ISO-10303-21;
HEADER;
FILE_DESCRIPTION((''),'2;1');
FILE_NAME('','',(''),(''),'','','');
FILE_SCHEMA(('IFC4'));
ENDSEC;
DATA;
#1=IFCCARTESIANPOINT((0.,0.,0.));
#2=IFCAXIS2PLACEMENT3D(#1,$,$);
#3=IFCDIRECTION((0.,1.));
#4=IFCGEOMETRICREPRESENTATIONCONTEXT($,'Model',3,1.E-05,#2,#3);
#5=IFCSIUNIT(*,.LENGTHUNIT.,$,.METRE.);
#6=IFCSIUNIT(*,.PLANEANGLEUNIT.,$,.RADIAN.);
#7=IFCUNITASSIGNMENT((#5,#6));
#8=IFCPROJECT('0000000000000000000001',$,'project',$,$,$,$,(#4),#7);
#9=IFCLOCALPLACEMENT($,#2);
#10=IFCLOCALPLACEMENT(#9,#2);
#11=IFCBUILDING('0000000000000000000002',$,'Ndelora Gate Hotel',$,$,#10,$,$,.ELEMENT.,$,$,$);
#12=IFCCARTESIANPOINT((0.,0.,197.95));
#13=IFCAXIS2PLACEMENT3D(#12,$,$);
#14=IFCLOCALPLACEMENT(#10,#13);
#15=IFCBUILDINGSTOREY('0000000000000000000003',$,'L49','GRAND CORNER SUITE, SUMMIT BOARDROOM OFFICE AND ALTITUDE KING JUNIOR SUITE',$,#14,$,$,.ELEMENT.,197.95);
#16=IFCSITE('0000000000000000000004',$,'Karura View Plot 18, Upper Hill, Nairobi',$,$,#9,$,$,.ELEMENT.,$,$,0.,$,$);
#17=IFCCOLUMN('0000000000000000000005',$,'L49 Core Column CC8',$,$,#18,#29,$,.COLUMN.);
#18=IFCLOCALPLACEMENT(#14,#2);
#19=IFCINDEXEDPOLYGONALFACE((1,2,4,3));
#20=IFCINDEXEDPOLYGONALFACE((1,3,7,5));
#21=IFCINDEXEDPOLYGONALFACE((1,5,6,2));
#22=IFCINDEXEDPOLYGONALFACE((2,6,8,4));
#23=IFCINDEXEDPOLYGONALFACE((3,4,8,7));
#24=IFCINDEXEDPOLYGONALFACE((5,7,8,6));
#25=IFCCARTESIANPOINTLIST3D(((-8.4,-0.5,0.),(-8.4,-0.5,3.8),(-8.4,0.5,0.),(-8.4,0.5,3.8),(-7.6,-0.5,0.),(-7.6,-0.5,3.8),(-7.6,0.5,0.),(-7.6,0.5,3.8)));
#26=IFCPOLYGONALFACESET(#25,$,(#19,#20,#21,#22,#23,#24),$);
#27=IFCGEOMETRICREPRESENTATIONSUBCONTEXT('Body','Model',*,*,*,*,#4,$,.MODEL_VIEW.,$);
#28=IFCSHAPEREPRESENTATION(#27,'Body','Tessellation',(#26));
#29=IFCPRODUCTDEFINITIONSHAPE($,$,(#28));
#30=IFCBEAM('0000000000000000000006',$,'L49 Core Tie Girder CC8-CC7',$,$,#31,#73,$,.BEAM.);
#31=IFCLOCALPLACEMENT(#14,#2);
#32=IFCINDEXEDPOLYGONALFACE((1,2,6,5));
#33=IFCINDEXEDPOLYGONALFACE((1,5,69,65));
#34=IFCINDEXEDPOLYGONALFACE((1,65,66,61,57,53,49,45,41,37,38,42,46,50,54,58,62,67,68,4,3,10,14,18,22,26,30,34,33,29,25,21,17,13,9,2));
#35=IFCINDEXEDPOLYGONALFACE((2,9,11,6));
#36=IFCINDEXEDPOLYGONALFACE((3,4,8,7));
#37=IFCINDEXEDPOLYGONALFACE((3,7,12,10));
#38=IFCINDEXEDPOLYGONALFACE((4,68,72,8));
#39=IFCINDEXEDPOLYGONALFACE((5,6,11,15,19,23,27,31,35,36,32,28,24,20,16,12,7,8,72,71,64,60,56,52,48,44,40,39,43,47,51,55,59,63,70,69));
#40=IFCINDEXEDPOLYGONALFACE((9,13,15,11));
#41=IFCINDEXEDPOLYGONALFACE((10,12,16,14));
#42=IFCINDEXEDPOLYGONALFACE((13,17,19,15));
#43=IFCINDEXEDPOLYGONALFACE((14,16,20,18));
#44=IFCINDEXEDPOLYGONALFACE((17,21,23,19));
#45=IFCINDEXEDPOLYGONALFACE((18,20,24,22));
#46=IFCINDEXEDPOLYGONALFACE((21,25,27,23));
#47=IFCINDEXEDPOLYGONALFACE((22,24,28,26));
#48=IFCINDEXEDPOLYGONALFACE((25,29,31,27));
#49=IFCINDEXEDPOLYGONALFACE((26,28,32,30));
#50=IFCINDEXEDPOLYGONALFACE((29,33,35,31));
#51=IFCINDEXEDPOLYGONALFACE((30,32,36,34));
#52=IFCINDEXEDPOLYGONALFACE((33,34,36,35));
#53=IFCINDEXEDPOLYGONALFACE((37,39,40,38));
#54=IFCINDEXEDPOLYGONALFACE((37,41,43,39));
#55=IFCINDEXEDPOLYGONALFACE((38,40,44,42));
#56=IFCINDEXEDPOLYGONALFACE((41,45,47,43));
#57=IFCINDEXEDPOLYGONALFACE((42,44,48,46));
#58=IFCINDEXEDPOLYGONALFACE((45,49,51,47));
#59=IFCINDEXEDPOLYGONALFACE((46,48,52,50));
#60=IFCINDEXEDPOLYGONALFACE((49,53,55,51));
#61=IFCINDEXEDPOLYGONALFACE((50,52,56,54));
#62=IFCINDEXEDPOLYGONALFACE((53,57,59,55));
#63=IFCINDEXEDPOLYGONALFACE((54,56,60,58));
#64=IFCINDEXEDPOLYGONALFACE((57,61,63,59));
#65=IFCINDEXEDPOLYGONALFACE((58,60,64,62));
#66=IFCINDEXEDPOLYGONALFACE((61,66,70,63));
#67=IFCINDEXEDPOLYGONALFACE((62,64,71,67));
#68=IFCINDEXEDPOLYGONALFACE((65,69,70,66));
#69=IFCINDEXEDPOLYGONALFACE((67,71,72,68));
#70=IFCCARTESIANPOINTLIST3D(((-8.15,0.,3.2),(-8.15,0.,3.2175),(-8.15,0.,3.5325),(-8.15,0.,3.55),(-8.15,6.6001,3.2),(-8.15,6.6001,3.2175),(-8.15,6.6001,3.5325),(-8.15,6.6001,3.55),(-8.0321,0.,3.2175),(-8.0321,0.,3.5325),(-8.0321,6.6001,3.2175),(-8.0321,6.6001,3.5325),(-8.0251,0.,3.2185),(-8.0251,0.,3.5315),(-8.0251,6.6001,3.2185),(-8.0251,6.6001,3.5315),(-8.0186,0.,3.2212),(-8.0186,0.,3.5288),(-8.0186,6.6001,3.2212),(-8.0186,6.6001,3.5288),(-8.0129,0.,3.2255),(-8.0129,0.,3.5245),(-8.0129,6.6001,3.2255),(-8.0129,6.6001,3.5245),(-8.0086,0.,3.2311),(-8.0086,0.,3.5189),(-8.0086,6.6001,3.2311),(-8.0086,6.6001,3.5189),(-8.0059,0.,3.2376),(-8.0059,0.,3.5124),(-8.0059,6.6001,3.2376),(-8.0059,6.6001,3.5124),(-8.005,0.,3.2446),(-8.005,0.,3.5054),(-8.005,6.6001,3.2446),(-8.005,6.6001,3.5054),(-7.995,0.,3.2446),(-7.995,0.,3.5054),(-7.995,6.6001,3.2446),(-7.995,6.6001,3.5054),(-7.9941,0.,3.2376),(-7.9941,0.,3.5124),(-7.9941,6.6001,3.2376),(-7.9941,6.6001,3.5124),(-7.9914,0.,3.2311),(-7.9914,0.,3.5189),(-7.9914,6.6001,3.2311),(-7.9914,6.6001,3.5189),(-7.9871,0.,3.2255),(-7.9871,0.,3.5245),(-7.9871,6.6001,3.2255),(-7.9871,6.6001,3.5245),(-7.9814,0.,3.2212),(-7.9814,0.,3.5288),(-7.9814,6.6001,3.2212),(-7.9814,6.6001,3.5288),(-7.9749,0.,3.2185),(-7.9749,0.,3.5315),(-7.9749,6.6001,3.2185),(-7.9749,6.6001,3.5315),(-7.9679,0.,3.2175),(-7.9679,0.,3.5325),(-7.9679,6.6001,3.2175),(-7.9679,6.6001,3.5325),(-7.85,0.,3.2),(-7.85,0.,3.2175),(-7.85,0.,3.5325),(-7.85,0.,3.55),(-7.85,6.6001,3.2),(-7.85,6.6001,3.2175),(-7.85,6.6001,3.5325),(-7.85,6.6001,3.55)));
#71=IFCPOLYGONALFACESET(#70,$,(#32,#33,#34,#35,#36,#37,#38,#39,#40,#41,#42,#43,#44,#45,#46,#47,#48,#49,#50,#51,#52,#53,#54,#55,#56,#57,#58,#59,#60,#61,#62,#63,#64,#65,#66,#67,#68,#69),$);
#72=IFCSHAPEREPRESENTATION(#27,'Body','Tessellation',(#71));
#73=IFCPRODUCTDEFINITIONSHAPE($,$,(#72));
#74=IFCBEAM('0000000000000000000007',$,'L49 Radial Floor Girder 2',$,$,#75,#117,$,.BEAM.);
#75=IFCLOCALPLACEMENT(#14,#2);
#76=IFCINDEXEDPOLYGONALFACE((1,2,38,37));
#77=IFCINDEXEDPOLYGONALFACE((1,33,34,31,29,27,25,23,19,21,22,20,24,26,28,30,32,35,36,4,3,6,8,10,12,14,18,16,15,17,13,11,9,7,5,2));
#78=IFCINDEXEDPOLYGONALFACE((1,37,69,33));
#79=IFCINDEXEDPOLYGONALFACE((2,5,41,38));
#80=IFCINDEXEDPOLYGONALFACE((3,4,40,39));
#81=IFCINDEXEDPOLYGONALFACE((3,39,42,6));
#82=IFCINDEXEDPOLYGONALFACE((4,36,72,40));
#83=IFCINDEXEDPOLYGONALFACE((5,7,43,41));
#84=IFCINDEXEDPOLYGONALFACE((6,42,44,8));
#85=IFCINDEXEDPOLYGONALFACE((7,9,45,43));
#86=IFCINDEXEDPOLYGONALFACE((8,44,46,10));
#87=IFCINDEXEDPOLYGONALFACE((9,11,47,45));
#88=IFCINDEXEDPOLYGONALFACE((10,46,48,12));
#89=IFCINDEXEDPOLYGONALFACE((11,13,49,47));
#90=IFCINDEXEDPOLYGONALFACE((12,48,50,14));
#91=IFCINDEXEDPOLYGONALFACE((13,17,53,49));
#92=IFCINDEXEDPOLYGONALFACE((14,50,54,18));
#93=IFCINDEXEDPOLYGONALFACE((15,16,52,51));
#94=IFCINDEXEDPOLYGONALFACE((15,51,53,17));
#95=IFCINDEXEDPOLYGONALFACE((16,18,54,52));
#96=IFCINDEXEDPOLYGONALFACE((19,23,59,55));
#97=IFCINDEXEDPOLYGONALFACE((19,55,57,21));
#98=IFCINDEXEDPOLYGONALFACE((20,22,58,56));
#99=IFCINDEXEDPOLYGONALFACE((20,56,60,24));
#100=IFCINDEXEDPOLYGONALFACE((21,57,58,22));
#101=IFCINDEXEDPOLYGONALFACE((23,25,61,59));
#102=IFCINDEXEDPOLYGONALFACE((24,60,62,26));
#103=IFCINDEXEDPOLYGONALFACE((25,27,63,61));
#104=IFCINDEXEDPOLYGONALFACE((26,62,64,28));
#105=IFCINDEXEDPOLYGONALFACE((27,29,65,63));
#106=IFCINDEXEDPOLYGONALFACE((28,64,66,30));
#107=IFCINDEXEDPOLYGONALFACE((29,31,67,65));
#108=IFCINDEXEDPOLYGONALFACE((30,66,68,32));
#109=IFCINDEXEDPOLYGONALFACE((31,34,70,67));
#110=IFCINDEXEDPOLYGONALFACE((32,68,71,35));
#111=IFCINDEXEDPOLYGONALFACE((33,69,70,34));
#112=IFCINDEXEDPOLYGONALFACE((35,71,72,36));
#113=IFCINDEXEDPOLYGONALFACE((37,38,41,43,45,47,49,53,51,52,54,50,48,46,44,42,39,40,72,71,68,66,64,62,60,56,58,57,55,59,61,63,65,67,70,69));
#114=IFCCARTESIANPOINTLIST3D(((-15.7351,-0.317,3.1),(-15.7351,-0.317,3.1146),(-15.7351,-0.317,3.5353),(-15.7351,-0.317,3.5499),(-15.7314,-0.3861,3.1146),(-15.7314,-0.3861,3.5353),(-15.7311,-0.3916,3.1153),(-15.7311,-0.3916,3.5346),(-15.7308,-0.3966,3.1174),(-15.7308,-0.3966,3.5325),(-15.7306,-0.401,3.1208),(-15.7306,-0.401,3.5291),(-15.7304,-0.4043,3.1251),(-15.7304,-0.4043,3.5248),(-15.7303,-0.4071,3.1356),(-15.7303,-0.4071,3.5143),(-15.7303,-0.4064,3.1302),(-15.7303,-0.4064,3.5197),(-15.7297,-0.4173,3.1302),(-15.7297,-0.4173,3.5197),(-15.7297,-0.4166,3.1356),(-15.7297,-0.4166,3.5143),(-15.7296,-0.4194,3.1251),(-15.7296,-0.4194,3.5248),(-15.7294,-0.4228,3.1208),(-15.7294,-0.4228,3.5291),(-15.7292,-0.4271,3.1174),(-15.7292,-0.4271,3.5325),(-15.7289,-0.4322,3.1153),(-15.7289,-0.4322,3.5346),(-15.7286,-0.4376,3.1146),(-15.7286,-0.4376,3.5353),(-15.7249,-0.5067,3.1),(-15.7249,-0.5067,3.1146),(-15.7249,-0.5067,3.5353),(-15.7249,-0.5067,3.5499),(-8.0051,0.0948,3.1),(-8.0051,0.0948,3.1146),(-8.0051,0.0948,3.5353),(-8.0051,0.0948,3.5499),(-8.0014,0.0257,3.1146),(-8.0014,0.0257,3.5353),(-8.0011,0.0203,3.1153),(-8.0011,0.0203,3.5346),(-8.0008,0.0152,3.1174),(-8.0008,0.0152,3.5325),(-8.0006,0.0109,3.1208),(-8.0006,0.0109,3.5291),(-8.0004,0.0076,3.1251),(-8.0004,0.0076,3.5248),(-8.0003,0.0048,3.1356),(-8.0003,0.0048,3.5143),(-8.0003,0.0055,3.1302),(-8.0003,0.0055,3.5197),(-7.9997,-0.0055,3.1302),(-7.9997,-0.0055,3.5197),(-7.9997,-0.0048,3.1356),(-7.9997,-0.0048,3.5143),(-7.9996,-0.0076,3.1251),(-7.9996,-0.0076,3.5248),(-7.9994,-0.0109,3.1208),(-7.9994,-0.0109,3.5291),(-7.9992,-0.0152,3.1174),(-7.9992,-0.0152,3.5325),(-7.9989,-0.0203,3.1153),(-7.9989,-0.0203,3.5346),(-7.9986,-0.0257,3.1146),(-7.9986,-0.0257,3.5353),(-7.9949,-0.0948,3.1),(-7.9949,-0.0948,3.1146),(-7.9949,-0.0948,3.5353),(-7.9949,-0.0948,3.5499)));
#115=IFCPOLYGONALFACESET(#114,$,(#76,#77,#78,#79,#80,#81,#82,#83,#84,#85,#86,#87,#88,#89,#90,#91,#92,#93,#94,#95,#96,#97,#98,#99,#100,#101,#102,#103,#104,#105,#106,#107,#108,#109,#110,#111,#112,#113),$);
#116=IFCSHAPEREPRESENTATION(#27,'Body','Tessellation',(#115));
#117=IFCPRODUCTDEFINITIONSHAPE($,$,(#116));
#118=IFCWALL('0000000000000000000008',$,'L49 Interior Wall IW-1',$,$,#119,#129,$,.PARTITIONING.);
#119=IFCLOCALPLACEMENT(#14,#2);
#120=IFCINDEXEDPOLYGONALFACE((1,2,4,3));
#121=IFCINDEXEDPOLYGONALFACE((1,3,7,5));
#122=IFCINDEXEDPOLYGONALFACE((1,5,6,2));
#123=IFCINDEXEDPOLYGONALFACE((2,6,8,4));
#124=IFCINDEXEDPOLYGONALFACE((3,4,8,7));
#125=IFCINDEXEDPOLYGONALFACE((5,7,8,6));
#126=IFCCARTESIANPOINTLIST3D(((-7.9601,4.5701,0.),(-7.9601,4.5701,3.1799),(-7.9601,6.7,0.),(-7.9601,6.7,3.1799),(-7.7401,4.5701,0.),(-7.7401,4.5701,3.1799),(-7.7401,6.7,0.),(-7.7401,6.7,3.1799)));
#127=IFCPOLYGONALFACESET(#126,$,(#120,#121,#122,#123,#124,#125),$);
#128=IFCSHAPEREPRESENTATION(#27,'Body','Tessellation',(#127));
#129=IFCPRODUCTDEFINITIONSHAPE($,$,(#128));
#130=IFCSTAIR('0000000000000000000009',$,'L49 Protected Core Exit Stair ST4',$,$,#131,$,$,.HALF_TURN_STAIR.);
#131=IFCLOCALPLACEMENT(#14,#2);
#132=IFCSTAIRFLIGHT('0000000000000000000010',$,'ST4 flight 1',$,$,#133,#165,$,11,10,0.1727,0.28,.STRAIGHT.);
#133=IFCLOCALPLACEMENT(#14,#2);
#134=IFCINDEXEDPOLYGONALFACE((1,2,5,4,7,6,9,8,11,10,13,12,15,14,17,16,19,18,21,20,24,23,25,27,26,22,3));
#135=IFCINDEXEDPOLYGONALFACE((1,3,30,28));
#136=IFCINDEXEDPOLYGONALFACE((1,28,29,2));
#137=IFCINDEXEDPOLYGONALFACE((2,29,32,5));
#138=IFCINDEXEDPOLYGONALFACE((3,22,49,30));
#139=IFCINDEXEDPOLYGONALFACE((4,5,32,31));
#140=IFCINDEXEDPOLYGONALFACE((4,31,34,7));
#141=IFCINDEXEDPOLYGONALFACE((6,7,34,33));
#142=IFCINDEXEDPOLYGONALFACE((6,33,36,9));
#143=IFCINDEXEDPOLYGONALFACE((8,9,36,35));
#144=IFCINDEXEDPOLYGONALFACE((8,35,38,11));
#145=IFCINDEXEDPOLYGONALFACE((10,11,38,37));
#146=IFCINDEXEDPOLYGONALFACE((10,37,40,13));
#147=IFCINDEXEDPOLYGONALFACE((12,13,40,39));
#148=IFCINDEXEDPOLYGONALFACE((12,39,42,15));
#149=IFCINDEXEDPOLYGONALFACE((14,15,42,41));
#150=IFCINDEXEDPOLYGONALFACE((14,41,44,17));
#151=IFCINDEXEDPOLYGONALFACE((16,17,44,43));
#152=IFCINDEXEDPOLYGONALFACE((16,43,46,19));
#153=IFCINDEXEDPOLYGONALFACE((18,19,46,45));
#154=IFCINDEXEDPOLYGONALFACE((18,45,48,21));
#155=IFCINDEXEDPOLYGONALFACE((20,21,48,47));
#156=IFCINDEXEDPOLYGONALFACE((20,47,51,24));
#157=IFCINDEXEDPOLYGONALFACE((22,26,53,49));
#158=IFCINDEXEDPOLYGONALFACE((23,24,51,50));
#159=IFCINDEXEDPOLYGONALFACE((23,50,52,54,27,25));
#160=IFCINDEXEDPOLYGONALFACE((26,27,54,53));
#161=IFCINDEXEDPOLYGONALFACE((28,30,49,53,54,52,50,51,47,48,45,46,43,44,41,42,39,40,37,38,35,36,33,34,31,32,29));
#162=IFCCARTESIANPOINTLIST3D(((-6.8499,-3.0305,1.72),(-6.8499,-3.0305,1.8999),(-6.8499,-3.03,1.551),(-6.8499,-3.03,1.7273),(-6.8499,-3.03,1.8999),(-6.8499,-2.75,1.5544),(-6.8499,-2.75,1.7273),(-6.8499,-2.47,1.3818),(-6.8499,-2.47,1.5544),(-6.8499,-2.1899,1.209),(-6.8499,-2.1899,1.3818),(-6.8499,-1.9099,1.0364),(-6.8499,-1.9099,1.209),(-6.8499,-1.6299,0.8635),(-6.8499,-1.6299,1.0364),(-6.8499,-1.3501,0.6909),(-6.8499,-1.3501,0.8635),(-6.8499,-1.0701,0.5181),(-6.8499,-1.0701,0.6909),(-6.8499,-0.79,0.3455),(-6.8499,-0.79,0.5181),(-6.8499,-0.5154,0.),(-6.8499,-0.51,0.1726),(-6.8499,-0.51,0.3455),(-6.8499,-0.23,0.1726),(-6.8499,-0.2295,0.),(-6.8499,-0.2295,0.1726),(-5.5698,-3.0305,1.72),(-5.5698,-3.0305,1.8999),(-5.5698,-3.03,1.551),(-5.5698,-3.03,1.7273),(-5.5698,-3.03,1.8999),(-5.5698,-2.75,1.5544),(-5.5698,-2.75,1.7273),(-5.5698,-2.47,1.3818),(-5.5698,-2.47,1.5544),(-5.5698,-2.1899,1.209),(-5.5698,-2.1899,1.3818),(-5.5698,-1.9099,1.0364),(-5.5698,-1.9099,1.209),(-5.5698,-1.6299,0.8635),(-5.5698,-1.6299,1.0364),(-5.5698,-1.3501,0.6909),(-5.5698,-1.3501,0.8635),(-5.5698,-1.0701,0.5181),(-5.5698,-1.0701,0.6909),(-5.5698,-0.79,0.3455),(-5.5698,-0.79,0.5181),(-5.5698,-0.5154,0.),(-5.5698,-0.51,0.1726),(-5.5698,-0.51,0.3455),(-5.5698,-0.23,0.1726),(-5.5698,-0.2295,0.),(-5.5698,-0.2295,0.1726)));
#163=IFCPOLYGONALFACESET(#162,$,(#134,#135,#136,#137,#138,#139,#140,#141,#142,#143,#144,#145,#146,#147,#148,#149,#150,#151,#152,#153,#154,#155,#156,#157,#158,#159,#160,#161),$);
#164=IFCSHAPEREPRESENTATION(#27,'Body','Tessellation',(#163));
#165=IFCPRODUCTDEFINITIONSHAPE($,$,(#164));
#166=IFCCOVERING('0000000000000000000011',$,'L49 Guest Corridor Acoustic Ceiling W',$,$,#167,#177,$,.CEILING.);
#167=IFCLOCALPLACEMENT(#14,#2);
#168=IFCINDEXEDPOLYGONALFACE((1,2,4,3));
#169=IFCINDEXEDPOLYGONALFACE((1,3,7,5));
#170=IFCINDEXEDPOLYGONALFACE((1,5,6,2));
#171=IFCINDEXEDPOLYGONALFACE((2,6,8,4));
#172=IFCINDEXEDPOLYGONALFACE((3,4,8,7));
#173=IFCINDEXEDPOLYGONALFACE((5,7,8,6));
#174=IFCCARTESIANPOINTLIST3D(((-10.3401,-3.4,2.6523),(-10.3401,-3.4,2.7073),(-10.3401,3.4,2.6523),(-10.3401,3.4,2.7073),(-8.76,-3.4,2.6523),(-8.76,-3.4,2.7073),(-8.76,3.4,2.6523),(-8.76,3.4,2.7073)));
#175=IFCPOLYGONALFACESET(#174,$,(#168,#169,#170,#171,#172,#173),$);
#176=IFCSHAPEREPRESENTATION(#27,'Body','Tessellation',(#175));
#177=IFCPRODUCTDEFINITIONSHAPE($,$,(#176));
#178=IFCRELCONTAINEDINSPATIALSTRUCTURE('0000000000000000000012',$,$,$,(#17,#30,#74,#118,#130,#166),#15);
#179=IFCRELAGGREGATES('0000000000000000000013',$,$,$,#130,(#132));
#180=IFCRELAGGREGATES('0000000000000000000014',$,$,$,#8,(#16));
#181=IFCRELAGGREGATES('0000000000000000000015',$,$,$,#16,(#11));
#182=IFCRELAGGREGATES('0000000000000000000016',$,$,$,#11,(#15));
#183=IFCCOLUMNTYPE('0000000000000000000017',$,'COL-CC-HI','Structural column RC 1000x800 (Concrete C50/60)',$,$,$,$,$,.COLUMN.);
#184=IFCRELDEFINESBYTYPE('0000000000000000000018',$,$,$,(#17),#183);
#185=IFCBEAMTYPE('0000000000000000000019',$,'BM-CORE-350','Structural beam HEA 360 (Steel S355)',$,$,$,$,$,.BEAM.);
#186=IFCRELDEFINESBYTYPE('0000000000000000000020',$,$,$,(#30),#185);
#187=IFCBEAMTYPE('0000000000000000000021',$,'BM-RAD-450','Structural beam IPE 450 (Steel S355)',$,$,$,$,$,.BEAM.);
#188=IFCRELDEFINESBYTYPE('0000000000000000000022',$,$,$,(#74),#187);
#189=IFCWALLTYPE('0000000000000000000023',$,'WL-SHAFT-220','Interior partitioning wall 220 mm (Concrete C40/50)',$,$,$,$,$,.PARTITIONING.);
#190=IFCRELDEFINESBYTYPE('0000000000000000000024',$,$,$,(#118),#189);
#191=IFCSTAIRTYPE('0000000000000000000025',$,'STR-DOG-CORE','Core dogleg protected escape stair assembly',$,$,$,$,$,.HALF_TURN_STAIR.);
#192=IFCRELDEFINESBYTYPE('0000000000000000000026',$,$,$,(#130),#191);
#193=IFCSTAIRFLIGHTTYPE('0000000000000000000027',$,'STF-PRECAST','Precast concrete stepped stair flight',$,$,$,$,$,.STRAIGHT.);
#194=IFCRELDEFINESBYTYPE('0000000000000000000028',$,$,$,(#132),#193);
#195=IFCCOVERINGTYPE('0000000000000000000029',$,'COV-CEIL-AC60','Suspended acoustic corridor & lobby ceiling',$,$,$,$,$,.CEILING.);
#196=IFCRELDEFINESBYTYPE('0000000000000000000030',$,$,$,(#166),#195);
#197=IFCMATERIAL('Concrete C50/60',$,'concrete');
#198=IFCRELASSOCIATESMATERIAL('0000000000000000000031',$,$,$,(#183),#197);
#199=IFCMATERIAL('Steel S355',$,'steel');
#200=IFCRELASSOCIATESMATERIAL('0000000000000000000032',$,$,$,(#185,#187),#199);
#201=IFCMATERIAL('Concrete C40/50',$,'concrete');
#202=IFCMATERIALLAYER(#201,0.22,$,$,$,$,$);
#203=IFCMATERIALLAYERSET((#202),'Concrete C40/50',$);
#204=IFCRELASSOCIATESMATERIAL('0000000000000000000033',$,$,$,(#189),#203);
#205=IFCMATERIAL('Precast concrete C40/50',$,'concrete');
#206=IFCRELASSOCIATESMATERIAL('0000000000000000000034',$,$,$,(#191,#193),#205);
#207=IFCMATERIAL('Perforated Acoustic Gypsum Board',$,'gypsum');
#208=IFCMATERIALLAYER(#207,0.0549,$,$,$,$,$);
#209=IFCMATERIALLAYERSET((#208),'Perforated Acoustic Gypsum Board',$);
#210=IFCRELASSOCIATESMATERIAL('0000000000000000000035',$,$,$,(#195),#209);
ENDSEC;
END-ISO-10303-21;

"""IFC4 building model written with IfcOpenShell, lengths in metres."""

from ifc_helpers import new_model, si_unit, direction, frame, frame_2d, origin, origin_2d, place, context, subcontext, project, spatial, polyline, rectangle, i_section, outline, extrude, material, layer, layer_set, material_profile, profile_set, type_object, element, aggregate, save


model = new_model("IFC4")

# Units and contexts
model_context = context("Model", 3, precision=1e-05, world=origin(), true_north=direction((0.0, 1.0)))
body_context = subcontext(model_context, "Body", "Model", "MODEL_VIEW")
ifc_project = project(units=[si_unit("LENGTHUNIT", "METRE"), si_unit("PLANEANGLEUNIT", "RADIAN")], contexts=[model_context])

# Site, building, storey
site_placement = place(None, origin())
site = spatial("IfcSite", under=ifc_project, at=site_placement, Name="Karura View Plot 18, Upper Hill, Nairobi", CompositionType="ELEMENT", RefElevation=0.0)
building_placement = place(site_placement, origin())
building = spatial("IfcBuilding", under=site, at=building_placement, Name="Ndelora Gate Hotel", CompositionType="ELEMENT")
storey_placement = place(building_placement, frame((0.0, 0.0, 197.95)))
storey = spatial("IfcBuildingStorey", under=building, at=storey_placement, Name="L49", Description="GRAND CORNER SUITE, SUMMIT BOARDROOM OFFICE AND ALTITUDE KING JUNIOR SUITE", CompositionType="ELEMENT", Elevation=197.95)

# Column
ifc_material_1 = material(Name="Concrete C50/60", Category="concrete")
ifc_material_profile_1 = material_profile(ifc_material_1, rectangle(XDim=0.8, YDim=1.0, at=origin_2d()), Name="RC 1000x800")
ifc_profile_set_1 = profile_set([ifc_material_profile_1], Name="Concrete C50/60")
column_type = type_object("IfcColumnType", Name="COL-CC-HI", Description="Structural column RC 1000x800 (Concrete C50/60)", PredefinedType="COLUMN", material=ifc_profile_set_1)
column_placement = place(storey_placement, frame((-8.0, 0.0, 0.0), z_axis=(0.0, 0.0, 1.0), x_axis=(1.0, 0.0, 0.0)))
element("IfcColumn", 1, at=column_placement, inside=storey, type_object=column_type, Name="L49 Core Column CC8", PredefinedType="COLUMN", context=body_context, shape_type="SweptSolid", body=[
    extrude(rectangle(XDim=0.8, YDim=1.0, at=origin_2d()), origin(), (0.0, 0.0, 1.0), 3.8),
])

# Beams
ifc_material_2 = material(Name="Steel S355", Category="steel")
ifc_material_profile_2 = material_profile(ifc_material_2, i_section(OverallWidth=0.3, OverallDepth=0.3501, WebThickness=0.01, FlangeThickness=0.0176, FilletRadius=0.0271, at=origin_2d()), Name="HEA 360")
ifc_profile_set_2 = profile_set([ifc_material_profile_2], Name="Steel S355")
beam_type_1 = type_object("IfcBeamType", Name="BM-CORE-350", Description="Structural beam HEA 360 (Steel S355)", PredefinedType="BEAM", material=ifc_profile_set_2)
beam_1_placement = place(storey_placement, frame((-8.0, 0.0, 3.375), z_axis=(0.0, 1.0, 0.0), x_axis=(-1.0, 0.0, 0.0)))
element("IfcBeam", 2, at=beam_1_placement, inside=storey, type_object=beam_type_1, Name="L49 Core Tie Girder CC8-CC7", PredefinedType="BEAM", context=body_context, shape_type="SweptSolid", body=[
    extrude(i_section(OverallWidth=0.3, OverallDepth=0.3501, WebThickness=0.01, FlangeThickness=0.0176, FilletRadius=0.0271, at=origin_2d()), origin(), (0.0, 0.0, 1.0), 6.6001),
])
ifc_material_profile_3 = material_profile(ifc_material_2, i_section(OverallWidth=0.1899, OverallDepth=0.45, WebThickness=0.0095, FlangeThickness=0.0146, FilletRadius=0.021, at=origin_2d()), Name="IPE 450")
ifc_profile_set_3 = profile_set([ifc_material_profile_3], Name="Steel S355")
beam_type_2 = type_object("IfcBeamType", Name="BM-RAD-450", Description="Structural beam IPE 450 (Steel S355)", PredefinedType="BEAM", material=ifc_profile_set_3)
beam_2_placement = place(storey_placement, frame((-8.0, 0.0, 3.325), z_axis=(-0.998584, -0.053206, 0.0), x_axis=(0.053206, -0.998584, 0.0)))
element("IfcBeam", 3, at=beam_2_placement, inside=storey, type_object=beam_type_2, Name="L49 Radial Floor Girder 2", PredefinedType="BEAM", context=body_context, shape_type="SweptSolid", body=[
    extrude(i_section(OverallWidth=0.1899, OverallDepth=0.45, WebThickness=0.0095, FlangeThickness=0.0146, FilletRadius=0.021, at=origin_2d()), origin(), (0.0, 0.0, 1.0), 7.741),
])

# Shared definitions
ifc_material_3 = material(Name="Concrete C40/50", Category="concrete")
ifc_layer_1 = layer(ifc_material_3, 0.22)
ifc_layer_set_1 = layer_set([ifc_layer_1], Name="Concrete C40/50")
wall_type_1 = type_object("IfcWallType", Name="WL-SHAFT-220", Description="Interior partitioning wall 220 mm (Concrete C40/50)", PredefinedType="PARTITIONING", material=ifc_layer_set_1)

# Wall
wall_1_placement = place(storey_placement, frame((-7.8501, 4.5701, 0.0), z_axis=(0.0, 0.0, 1.0), x_axis=(0.0, 1.0, 0.0)))
element("IfcWall", 4, at=wall_1_placement, inside=storey, type_object=wall_type_1, Name="L49 Interior Wall IW-1", PredefinedType="PARTITIONING", context=body_context, shape_type="SweptSolid", body=[
    extrude(rectangle(XDim=2.1299, YDim=0.22, at=frame_2d((1.0649, 0.0))), origin(), (0.0, 0.0, 1.0), 3.1799),
])

# Stair, stair flight
ifc_material_4 = material(Name="Precast concrete C40/50", Category="concrete")
stair_type = type_object("IfcStairType", Name="STR-DOG-CORE", Description="Core dogleg protected escape stair assembly", PredefinedType="HALF_TURN_STAIR", material=ifc_material_4)
stair_placement = place(storey_placement, origin())
stair = element("IfcStair", 5, at=stair_placement, inside=storey, type_object=stair_type, Name="L49 Protected Core Exit Stair ST4", PredefinedType="HALF_TURN_STAIR")
stair_flight_type = type_object("IfcStairFlightType", Name="STF-PRECAST", Description="Precast concrete stepped stair flight", PredefinedType="STRAIGHT", material=ifc_material_4)
stair_flight_placement = place(storey_placement, frame((-6.21, -0.23, 0.0), z_axis=(0.0, 0.0, 1.0), x_axis=(0.0, -1.0, 0.0)))
stair_flight = element("IfcStairFlight", 6, at=stair_flight_placement, type_object=stair_flight_type, Name="ST4 flight 1", NumberOfRisers=11, NumberOfTreads=10, PredefinedType="STRAIGHT", RiserHeight=0.1727, TreadLength=0.28, context=body_context, shape_type="SweptSolid", body=[
    extrude(outline(polyline([(-0.0005, 0.0), (-0.0005, 0.1726), (0.0, 0.1726), (0.28, 0.1726), (0.28, 0.3455), (0.5601, 0.3455), (0.5601, 0.5181), (0.8401, 0.5181), (0.8401, 0.6909), (1.1201, 0.6909), (1.1201, 0.8635), (1.3999, 0.8635), (1.3999, 1.0364), (1.6799, 1.0364), (1.6799, 1.209), (1.96, 1.209), (1.96, 1.3818), (2.24, 1.3818), (2.24, 1.5544), (2.52, 1.5544), (2.52, 1.7273), (2.8, 1.7273), (2.8, 1.8999), (2.8005, 1.8999), (2.8005, 1.72), (2.8, 1.551), (0.2854, 0.0), (-0.0005, 0.0)])), frame((0.0, 0.6401, 0.0), z_axis=(0.0, -1.0, 0.0), x_axis=(1.0, 0.0, 0.0)), (0.0, 0.0, 1.0), 1.28),
])
aggregate(stair, [stair_flight])

# Covering
ifc_material_5 = material(Name="Perforated Acoustic Gypsum Board", Category="gypsum")
ifc_layer_2 = layer(ifc_material_5, 0.0549)
ifc_layer_set_2 = layer_set([ifc_layer_2], Name="Perforated Acoustic Gypsum Board")
covering_type_1 = type_object("IfcCoveringType", Name="COV-CEIL-AC60", Description="Suspended acoustic corridor & lobby ceiling", PredefinedType="CEILING", material=ifc_layer_set_2)
covering_1_placement = place(storey_placement, frame((-9.55, 0.0, 2.6523), z_axis=(0.0, 0.0, 1.0), x_axis=(1.0, 0.0, 0.0)))
element("IfcCovering", 7, at=covering_1_placement, inside=storey, type_object=covering_type_1, Name="L49 Guest Corridor Acoustic Ceiling W", PredefinedType="CEILING", context=body_context, shape_type="SweptSolid", body=[
    extrude(rectangle(XDim=1.5801, YDim=6.8, at=origin_2d()), origin(), (0.0, 0.0, 1.0), 0.0549),
])

save(model, "model.ifc")
